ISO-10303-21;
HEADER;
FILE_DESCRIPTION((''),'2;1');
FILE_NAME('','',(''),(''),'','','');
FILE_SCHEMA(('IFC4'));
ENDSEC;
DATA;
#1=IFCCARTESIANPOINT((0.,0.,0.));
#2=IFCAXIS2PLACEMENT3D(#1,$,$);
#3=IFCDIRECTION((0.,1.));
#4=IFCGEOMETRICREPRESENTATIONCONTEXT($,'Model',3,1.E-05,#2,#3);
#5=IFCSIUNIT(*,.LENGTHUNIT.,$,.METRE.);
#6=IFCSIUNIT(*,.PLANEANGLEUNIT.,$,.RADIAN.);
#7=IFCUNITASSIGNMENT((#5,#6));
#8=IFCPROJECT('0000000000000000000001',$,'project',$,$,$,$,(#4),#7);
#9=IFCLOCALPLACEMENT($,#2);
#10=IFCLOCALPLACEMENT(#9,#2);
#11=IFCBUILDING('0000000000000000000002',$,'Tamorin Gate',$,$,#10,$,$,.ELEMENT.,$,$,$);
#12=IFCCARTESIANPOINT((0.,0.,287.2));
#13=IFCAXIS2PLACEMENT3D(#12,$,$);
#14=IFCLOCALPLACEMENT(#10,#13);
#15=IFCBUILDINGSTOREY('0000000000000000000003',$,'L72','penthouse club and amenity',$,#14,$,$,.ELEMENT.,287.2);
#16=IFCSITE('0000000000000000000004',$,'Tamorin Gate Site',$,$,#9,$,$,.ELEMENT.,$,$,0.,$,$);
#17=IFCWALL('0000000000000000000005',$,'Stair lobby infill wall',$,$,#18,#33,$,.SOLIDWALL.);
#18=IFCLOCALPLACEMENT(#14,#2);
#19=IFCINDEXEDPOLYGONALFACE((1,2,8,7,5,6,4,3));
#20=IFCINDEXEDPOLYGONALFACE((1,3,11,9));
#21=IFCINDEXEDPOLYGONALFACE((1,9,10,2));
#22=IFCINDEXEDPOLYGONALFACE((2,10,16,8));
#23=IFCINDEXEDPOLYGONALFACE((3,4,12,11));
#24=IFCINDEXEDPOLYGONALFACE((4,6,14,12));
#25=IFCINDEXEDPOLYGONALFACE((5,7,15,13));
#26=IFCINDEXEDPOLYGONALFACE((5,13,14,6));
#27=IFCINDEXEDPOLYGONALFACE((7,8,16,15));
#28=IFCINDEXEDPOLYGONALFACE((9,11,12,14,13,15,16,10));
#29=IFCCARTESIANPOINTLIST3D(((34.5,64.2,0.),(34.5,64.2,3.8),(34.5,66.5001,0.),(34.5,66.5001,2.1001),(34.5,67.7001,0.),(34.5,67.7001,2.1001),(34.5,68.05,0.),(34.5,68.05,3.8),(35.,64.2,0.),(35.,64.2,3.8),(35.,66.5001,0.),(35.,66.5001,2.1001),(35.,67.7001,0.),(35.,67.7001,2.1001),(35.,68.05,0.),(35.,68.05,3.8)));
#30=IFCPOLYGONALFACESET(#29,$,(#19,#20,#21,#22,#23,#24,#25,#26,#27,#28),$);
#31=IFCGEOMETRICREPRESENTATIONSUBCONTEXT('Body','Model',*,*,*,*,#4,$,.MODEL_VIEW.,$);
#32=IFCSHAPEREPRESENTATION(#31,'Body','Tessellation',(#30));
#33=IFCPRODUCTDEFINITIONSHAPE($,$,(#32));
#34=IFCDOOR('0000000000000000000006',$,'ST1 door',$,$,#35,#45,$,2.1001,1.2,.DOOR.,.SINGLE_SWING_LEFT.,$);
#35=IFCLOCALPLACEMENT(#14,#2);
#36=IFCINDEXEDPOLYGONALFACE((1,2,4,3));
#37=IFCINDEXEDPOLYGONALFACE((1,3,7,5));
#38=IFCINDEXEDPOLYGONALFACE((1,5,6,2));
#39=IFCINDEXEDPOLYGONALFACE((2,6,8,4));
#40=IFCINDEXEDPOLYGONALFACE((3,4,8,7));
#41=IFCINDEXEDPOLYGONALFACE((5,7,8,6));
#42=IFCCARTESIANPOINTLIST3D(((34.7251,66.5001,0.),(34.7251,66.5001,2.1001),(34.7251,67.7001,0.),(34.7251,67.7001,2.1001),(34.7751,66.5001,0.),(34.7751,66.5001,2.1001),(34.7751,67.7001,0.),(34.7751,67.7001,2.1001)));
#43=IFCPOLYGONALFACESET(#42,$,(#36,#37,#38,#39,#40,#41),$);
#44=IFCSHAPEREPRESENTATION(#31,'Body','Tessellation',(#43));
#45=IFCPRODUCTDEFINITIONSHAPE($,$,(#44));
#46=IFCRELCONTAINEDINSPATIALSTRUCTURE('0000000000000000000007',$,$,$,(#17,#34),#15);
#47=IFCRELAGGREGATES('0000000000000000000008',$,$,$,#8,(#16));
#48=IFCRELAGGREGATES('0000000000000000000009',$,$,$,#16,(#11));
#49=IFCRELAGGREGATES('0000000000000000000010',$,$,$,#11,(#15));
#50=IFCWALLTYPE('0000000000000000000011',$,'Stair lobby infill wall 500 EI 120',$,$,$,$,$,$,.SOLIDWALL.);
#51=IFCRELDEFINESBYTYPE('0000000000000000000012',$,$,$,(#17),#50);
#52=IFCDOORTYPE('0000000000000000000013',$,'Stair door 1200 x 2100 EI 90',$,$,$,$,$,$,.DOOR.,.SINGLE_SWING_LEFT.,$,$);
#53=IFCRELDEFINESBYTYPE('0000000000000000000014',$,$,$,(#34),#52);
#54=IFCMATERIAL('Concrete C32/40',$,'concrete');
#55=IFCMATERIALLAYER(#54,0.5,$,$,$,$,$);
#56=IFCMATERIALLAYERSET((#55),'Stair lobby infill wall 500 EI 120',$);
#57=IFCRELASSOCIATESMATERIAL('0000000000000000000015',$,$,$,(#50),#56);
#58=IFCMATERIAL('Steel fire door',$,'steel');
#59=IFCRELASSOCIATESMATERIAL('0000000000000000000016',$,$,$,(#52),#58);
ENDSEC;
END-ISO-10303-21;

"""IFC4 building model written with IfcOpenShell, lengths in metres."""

from ifc_helpers import new_model, si_unit, direction, frame, frame_2d, origin, place, context, subcontext, project, spatial, rectangle, extrude, material, layer, layer_set, type_object, element, fill, save


model = new_model("IFC4")

# Units and contexts
model_context = context("Model", 3, precision=1e-05, world=origin(), true_north=direction((0.0, 1.0)))
body_context = subcontext(model_context, "Body", "Model", "MODEL_VIEW")
ifc_project = project(units=[si_unit("LENGTHUNIT", "METRE"), si_unit("PLANEANGLEUNIT", "RADIAN")], contexts=[model_context])

# Site, building, storey
site_placement = place(None, origin())
site = spatial("IfcSite", under=ifc_project, at=site_placement, Name="Tamorin Gate Site", CompositionType="ELEMENT", RefElevation=0.0)
building_placement = place(site_placement, origin())
building = spatial("IfcBuilding", under=site, at=building_placement, Name="Tamorin Gate", CompositionType="ELEMENT")
storey_placement = place(building_placement, frame((0.0, 0.0, 287.2)))
storey = spatial("IfcBuildingStorey", under=building, at=storey_placement, Name="L72", Description="penthouse club and amenity", CompositionType="ELEMENT", Elevation=287.2)

# Wall, opening, door
ifc_material_1 = material(Name="Concrete C32/40", Category="concrete")
ifc_layer_1 = layer(ifc_material_1, 0.5)
ifc_layer_set_1 = layer_set([ifc_layer_1], Name="Stair lobby infill wall 500 EI 120")
wall_type_1 = type_object("IfcWallType", Name="Stair lobby infill wall 500 EI 120", PredefinedType="SOLIDWALL", material=ifc_layer_set_1)
wall_1_placement = place(storey_placement, frame((34.75, 64.2, 0.0), z_axis=(0.0, 0.0, 1.0), x_axis=(0.0, 1.0, 0.0)))
wall_1 = element("IfcWall", 1, at=wall_1_placement, inside=storey, type_object=wall_type_1, Name="Stair lobby infill wall", PredefinedType="SOLIDWALL", context=body_context, shape_type="SweptSolid", body=[
    extrude(rectangle(XDim=3.8501, YDim=0.5, at=frame_2d((1.925, 0.0))), origin(), (0.0, 0.0, 1.0), 3.8),
])
opening_1_placement = place(wall_1_placement, frame((2.3, 0.0, 0.0)))
opening_1 = element("IfcOpeningElement", 2, at=opening_1_placement, cuts=wall_1, PredefinedType="OPENING", context=body_context, shape_type="SweptSolid", body=[
    extrude(rectangle(XDim=1.2, YDim=2.1001, at=frame_2d((0.6001, 1.05))), frame((0.0, 0.26, 0.0), z_axis=(0.0, -1.0, 0.0), x_axis=(1.0, 0.0, 0.0)), (0.0, 0.0, 1.0), 0.52),
])
ifc_material_2 = material(Name="Steel fire door", Category="steel")
door_type_1 = type_object("IfcDoorType", Name="Stair door 1200 x 2100 EI 90", OperationType="SINGLE_SWING_LEFT", PredefinedType="DOOR", material=ifc_material_2)
door_1_placement = place(opening_1_placement, origin())
door_1 = element("IfcDoor", 3, at=door_1_placement, inside=storey, type_object=door_type_1, Name="ST1 door", OperationType="SINGLE_SWING_LEFT", OverallHeight=2.1001, OverallWidth=1.2, PredefinedType="DOOR", context=body_context, shape_type="SweptSolid", body=[
    extrude(rectangle(XDim=1.2, YDim=2.1001, at=frame_2d((0.6001, 1.05))), frame((0.0, 0.0249, 0.0), z_axis=(0.0, -1.0, 0.0), x_axis=(1.0, 0.0, 0.0)), (0.0, 0.0, 1.0), 0.05),
])
fill(opening_1, door_1)

save(model, "model.ifc")
